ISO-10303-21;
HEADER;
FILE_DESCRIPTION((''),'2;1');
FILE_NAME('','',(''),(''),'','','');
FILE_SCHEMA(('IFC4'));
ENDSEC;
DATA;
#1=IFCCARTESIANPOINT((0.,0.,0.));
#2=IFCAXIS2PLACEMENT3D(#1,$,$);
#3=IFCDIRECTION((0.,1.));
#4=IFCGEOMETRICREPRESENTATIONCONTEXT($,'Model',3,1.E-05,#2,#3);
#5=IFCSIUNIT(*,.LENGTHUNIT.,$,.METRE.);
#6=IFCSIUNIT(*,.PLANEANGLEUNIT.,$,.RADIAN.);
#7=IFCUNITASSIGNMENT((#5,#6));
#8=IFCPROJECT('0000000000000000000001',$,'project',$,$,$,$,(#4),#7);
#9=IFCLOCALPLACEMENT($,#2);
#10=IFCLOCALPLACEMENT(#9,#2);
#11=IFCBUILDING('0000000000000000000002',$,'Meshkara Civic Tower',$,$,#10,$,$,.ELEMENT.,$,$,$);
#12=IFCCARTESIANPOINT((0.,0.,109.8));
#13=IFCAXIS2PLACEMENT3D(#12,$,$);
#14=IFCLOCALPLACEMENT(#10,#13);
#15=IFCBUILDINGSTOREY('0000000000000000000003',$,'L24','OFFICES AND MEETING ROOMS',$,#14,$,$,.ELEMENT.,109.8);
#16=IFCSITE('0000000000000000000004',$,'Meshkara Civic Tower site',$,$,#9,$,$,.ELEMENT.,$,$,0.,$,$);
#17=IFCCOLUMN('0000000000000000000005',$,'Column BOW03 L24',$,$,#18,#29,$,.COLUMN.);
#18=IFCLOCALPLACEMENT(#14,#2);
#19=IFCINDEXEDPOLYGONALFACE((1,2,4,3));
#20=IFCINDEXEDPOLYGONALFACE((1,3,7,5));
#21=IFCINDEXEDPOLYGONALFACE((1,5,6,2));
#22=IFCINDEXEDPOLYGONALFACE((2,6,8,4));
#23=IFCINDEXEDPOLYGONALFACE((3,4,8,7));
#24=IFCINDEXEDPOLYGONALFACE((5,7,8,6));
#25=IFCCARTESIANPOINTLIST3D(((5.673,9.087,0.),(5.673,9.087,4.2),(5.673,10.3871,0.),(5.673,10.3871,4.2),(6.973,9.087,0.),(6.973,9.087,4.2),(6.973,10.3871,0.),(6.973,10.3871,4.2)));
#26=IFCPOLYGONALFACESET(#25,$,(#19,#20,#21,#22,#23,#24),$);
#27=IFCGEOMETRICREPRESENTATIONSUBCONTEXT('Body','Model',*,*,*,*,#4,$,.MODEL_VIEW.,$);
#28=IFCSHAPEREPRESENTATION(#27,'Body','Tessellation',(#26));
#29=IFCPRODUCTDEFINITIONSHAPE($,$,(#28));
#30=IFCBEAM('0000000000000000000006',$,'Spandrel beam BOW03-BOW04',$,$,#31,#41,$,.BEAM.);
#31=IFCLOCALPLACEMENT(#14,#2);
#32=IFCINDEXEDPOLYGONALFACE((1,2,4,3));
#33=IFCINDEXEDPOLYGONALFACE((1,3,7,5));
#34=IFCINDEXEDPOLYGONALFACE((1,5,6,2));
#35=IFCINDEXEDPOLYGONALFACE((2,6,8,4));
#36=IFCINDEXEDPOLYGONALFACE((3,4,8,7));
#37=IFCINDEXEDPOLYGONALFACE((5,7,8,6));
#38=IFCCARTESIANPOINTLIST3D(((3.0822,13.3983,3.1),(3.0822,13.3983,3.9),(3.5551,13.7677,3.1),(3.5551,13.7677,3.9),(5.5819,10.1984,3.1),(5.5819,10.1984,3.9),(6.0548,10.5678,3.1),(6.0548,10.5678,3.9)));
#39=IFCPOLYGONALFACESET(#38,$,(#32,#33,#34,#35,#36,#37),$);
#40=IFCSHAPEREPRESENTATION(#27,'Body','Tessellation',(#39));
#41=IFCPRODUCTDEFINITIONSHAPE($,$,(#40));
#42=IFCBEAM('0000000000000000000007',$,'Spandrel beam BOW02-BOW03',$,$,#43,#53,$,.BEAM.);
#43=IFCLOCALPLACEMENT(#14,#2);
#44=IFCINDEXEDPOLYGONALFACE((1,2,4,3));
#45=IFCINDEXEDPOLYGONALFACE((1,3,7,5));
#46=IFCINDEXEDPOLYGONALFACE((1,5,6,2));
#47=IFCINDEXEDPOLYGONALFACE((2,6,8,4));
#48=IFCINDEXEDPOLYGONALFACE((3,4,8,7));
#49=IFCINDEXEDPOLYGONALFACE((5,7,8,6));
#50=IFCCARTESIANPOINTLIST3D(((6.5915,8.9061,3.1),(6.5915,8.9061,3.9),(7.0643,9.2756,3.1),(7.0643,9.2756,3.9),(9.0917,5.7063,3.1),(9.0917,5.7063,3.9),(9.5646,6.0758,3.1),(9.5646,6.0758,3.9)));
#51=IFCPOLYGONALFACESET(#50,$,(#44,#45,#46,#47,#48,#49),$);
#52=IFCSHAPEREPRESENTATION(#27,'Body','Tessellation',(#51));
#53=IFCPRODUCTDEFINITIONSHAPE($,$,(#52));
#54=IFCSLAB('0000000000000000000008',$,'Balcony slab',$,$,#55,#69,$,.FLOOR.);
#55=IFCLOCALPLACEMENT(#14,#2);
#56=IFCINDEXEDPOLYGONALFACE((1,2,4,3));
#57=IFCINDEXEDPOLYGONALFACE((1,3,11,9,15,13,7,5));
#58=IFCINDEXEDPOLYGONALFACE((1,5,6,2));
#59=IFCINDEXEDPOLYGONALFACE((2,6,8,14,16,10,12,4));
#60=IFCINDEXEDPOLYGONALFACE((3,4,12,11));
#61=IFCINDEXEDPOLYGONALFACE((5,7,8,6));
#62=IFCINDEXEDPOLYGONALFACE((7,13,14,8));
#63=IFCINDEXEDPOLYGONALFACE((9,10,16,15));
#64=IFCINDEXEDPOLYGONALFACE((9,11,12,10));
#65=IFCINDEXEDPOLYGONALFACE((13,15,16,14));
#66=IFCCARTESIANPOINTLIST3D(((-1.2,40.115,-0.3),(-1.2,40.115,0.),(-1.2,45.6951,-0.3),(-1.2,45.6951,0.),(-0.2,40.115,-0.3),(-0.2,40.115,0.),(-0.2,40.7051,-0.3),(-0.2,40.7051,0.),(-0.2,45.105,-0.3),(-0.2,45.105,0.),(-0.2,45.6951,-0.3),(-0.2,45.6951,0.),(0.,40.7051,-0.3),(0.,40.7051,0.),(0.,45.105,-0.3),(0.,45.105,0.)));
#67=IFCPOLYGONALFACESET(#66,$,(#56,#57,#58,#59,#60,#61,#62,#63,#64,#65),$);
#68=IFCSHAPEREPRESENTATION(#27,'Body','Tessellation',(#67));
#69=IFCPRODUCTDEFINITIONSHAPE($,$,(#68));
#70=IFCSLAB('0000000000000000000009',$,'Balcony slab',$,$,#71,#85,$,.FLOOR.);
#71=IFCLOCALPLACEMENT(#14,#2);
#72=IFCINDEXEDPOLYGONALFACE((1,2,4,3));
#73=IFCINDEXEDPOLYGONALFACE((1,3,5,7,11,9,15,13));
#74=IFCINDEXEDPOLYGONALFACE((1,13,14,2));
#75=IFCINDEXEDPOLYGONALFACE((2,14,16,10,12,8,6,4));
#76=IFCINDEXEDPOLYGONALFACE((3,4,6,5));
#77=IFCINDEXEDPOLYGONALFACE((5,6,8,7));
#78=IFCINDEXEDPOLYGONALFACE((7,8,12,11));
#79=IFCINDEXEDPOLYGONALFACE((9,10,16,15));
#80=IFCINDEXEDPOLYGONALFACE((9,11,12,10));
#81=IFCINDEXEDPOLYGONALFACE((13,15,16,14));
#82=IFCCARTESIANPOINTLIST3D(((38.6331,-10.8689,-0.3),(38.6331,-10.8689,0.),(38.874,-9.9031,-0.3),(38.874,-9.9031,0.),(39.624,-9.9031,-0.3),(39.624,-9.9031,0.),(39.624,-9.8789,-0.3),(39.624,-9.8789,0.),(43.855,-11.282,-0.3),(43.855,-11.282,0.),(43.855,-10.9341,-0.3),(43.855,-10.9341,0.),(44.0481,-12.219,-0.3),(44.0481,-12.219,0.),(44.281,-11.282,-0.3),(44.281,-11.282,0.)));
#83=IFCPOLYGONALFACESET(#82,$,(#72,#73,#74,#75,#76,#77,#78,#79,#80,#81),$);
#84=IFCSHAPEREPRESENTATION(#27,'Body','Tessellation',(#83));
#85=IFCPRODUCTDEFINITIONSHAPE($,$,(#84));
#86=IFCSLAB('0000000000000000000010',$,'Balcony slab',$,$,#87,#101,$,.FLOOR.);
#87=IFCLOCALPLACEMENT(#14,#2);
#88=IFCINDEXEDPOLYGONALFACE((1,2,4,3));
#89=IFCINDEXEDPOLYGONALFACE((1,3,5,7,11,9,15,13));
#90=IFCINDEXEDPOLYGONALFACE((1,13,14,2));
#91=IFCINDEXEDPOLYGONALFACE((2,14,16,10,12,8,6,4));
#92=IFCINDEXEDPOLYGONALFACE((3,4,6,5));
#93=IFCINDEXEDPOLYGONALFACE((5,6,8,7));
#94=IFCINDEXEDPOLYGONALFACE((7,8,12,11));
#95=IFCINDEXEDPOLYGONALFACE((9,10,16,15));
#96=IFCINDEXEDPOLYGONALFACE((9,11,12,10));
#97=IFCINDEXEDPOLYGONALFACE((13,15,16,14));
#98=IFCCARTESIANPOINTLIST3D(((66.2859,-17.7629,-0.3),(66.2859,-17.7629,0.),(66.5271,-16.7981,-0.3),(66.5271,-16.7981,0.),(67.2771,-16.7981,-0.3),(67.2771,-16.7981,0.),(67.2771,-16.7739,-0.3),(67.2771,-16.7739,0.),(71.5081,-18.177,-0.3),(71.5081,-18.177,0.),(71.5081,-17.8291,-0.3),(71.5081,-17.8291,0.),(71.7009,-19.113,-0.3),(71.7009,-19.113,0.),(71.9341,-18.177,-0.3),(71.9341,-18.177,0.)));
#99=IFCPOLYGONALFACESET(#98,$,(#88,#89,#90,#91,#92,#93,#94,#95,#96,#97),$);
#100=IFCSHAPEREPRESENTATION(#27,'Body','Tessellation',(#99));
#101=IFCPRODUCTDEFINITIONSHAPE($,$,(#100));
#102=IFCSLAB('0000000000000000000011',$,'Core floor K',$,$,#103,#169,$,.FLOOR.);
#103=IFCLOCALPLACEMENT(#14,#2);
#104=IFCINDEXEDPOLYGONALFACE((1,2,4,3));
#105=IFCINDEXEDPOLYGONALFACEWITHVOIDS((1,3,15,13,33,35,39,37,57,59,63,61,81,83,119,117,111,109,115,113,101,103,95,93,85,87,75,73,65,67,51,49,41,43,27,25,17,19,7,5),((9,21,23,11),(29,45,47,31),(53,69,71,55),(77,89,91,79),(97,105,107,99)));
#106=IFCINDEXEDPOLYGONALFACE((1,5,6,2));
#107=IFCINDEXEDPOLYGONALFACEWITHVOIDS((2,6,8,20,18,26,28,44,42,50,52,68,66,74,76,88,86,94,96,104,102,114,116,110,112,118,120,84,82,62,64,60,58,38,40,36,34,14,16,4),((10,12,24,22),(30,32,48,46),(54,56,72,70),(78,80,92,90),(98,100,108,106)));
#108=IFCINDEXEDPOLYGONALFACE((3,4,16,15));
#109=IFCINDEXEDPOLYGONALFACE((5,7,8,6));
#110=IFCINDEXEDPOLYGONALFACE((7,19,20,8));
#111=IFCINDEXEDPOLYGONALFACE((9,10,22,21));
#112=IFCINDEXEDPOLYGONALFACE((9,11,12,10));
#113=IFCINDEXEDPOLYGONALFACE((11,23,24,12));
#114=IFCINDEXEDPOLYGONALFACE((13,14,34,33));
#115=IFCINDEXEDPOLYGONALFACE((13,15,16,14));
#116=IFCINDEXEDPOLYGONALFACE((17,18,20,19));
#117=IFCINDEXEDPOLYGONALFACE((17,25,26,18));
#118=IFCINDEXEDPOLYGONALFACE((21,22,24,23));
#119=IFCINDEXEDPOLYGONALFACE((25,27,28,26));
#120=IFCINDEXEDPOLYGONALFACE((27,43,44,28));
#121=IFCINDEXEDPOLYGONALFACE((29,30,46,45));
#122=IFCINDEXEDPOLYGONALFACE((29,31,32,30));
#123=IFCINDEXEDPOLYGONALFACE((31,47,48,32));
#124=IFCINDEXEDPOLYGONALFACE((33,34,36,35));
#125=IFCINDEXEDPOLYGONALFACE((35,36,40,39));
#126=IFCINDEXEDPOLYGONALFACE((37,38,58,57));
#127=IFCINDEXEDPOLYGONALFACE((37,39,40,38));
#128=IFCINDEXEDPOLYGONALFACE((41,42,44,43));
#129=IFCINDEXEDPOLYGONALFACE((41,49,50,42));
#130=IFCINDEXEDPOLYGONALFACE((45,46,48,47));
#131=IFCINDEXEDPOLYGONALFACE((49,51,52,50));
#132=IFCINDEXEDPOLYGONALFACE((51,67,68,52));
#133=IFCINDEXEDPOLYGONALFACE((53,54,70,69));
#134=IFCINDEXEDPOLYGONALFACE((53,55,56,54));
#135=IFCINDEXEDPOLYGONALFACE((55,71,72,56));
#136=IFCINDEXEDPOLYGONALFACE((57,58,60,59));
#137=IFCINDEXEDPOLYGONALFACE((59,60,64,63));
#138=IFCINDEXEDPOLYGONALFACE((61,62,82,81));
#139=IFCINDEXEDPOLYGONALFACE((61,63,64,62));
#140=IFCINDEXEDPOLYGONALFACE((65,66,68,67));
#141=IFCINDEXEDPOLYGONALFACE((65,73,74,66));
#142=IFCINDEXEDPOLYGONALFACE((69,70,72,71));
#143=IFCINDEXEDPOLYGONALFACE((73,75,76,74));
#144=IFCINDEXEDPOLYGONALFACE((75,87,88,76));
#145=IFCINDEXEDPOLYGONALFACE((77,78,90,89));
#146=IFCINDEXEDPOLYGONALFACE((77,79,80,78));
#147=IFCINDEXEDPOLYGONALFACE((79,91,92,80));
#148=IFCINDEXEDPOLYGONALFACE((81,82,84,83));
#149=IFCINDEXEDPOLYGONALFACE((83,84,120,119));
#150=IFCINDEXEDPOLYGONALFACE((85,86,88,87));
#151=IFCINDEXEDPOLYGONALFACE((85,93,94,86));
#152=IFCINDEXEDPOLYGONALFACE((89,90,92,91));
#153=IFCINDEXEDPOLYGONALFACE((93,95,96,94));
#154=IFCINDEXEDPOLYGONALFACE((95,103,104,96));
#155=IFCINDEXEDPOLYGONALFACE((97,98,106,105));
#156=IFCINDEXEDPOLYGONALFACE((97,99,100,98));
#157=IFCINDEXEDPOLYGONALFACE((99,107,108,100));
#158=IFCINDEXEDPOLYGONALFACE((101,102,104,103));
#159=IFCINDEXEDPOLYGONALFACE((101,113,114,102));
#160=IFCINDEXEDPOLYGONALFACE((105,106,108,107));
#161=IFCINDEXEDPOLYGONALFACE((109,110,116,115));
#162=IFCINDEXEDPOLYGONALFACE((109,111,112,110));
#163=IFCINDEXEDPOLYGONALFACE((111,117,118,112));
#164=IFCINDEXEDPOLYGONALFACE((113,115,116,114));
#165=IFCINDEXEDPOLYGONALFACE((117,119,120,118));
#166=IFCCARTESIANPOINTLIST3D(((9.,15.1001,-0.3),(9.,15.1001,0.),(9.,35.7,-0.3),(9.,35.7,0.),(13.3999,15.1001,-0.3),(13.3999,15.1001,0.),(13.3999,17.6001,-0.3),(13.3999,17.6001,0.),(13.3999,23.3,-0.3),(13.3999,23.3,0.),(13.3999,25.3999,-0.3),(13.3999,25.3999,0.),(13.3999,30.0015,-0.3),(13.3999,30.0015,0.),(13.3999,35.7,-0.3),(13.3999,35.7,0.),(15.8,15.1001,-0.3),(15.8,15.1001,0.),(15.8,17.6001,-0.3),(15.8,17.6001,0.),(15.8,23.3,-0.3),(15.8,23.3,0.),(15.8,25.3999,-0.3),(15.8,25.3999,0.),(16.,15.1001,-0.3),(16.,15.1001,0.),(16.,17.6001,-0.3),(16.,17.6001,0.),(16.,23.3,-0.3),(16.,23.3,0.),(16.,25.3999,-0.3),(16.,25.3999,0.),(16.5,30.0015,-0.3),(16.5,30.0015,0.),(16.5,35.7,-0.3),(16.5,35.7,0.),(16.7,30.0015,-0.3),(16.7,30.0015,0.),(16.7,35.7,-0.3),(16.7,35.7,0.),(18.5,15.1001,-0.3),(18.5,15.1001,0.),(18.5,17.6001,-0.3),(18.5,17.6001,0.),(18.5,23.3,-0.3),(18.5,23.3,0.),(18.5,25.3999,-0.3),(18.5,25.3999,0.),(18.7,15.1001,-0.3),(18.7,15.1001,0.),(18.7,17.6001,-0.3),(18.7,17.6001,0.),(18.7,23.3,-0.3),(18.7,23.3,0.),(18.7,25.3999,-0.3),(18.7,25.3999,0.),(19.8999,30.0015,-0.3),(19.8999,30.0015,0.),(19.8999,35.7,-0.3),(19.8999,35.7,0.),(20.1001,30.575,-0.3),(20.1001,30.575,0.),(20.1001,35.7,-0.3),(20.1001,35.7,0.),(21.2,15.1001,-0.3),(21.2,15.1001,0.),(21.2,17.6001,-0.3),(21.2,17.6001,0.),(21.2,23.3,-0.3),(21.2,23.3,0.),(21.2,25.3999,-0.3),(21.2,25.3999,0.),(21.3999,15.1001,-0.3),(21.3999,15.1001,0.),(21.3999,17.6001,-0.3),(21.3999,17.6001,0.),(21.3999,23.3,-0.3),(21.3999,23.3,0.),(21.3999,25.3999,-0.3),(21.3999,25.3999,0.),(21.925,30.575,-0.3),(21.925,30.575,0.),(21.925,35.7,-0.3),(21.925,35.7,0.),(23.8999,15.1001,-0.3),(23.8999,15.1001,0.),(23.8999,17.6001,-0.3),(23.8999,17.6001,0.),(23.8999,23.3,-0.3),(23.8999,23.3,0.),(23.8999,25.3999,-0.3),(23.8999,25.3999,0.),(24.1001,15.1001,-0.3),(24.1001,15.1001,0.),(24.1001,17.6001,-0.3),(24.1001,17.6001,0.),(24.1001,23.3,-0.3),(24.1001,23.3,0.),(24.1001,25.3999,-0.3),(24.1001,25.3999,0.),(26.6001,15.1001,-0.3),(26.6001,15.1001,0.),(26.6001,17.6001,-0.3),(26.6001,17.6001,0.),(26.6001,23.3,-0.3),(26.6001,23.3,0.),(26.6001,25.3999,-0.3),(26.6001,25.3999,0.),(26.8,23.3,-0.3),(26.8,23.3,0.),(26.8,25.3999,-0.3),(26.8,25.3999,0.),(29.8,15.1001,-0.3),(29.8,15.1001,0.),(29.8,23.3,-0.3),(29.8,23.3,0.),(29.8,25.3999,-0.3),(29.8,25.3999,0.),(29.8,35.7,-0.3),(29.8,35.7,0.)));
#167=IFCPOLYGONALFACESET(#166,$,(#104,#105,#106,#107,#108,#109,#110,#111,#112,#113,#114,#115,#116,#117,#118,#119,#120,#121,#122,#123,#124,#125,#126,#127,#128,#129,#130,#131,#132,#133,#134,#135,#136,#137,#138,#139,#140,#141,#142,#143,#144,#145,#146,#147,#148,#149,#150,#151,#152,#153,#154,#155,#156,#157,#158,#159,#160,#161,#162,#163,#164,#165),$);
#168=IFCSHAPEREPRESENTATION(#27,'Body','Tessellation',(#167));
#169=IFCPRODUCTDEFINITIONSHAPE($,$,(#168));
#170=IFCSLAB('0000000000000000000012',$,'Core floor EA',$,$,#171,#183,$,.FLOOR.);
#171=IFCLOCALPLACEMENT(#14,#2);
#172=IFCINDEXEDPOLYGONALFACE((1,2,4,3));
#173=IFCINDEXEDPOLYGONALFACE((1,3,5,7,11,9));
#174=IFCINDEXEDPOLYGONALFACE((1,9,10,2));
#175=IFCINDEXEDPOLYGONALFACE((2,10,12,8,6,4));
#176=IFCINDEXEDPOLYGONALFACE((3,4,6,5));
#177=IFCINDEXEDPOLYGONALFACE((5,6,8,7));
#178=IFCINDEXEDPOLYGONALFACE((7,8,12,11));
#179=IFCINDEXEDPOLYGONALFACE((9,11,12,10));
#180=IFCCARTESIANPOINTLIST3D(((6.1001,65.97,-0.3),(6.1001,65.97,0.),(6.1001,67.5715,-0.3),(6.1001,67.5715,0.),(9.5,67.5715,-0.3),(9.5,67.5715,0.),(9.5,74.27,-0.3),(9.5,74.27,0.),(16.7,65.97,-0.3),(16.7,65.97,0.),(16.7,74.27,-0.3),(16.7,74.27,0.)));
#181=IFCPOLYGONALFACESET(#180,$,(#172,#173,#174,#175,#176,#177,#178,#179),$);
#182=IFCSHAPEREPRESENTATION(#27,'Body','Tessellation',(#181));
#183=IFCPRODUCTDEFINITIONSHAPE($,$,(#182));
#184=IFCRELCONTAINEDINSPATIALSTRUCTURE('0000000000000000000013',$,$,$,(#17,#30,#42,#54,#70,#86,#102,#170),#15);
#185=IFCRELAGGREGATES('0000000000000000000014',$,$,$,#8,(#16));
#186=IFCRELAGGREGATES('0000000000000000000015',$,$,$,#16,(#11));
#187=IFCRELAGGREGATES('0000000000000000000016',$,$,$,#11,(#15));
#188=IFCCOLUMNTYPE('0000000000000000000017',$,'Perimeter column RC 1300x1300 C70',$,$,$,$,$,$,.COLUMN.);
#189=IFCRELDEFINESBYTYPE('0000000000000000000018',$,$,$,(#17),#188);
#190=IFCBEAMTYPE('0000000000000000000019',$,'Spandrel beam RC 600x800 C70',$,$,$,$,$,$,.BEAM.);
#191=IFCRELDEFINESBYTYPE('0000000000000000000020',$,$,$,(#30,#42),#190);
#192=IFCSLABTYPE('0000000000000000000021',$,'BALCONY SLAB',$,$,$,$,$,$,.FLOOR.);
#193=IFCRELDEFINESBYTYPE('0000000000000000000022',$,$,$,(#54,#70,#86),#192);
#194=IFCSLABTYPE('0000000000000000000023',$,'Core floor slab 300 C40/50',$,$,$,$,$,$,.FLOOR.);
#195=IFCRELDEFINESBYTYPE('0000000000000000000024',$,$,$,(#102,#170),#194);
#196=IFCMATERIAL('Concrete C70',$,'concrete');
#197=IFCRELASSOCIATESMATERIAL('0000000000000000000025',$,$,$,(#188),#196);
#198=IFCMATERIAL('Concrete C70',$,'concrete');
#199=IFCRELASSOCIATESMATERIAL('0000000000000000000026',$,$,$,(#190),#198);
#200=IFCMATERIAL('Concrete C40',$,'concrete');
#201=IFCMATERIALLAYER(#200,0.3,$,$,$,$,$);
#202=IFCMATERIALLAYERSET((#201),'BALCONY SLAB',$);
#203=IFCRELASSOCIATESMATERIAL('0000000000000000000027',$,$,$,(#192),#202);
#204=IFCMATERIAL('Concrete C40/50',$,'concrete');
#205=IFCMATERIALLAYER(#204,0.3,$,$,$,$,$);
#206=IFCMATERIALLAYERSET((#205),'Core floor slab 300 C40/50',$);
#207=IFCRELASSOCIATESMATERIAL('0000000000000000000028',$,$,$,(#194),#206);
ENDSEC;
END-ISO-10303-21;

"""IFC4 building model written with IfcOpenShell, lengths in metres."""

from ifc_helpers import new_model, si_unit, direction, frame, origin, origin_2d, place, context, subcontext, project, spatial, polyline, rectangle, outline, extrude, material, layer, layer_set, material_profile, profile_set, type_object, element, save


model = new_model("IFC4")

# Units and contexts
model_context = context("Model", 3, precision=1e-05, world=origin(), true_north=direction((0.0, 1.0)))
body_context = subcontext(model_context, "Body", "Model", "MODEL_VIEW")
ifc_project = project(units=[si_unit("LENGTHUNIT", "METRE"), si_unit("PLANEANGLEUNIT", "RADIAN")], contexts=[model_context])

# Site, building, storey
site_placement = place(None, origin())
site = spatial("IfcSite", under=ifc_project, at=site_placement, Name="Meshkara Civic Tower site", CompositionType="ELEMENT", RefElevation=0.0)
building_placement = place(site_placement, origin())
building = spatial("IfcBuilding", under=site, at=building_placement, Name="Meshkara Civic Tower", CompositionType="ELEMENT")
storey_placement = place(building_placement, frame((0.0, 0.0, 109.8)))
storey = spatial("IfcBuildingStorey", under=building, at=storey_placement, Name="L24", Description="OFFICES AND MEETING ROOMS", CompositionType="ELEMENT", Elevation=109.8)

# Column
ifc_material_1 = material(Name="Concrete C70", Category="concrete")
ifc_material_profile_1 = material_profile(ifc_material_1, rectangle(XDim=1.3, YDim=1.3, at=origin_2d()))
ifc_profile_set_1 = profile_set([ifc_material_profile_1], Name="Concrete C70")
column_type = type_object("IfcColumnType", Name="Perimeter column RC 1300x1300 C70", PredefinedType="COLUMN", material=ifc_profile_set_1)
column_placement = place(storey_placement, frame((6.323, 9.7371, 0.0), z_axis=(0.0, 0.0, 1.0), x_axis=(1.0, 0.0, 0.0)))
element("IfcColumn", 1, at=column_placement, inside=storey, type_object=column_type, Name="Column BOW03 L24", PredefinedType="COLUMN", context=body_context, shape_type="SweptSolid", body=[
    extrude(rectangle(XDim=1.3, YDim=1.3, at=origin_2d()), origin(), (0.0, 0.0, 1.0), 4.2),
])

# Beams
ifc_material_2 = material(Name="Concrete C70", Category="concrete")
ifc_material_profile_2 = material_profile(ifc_material_2, rectangle(XDim=0.6001, YDim=0.8, at=origin_2d()))
ifc_profile_set_2 = profile_set([ifc_material_profile_2], Name="Concrete C70")
beam_type = type_object("IfcBeamType", Name="Spandrel beam RC 600x800 C70", PredefinedType="BEAM", material=ifc_profile_set_2)
beam_1_placement = place(storey_placement, frame((3.3186, 13.583, 3.5), z_axis=(0.615613, -0.788049, 0.0), x_axis=(0.788049, 0.615613, 0.0)))
element("IfcBeam", 2, at=beam_1_placement, inside=storey, type_object=beam_type, Name="Spandrel beam BOW03-BOW04", PredefinedType="BEAM", context=body_context, shape_type="SweptSolid", body=[
    extrude(rectangle(XDim=0.6001, YDim=0.8, at=origin_2d()), origin(), (0.0, 0.0, 1.0), 4.0605),
])
beam_2_placement = place(storey_placement, frame((6.8279, 9.0908, 3.5), z_axis=(0.615716, -0.787968, 0.0), x_axis=(0.787968, 0.615716, 0.0)))
element("IfcBeam", 3, at=beam_2_placement, inside=storey, type_object=beam_type, Name="Spandrel beam BOW02-BOW03", PredefinedType="BEAM", context=body_context, shape_type="SweptSolid", body=[
    extrude(rectangle(XDim=0.6001, YDim=0.8, at=origin_2d()), origin(), (0.0, 0.0, 1.0), 4.0608),
])

# Slabs
ifc_material_3 = material(Name="Concrete C40", Category="concrete")
ifc_layer_1 = layer(ifc_material_3, 0.3)
ifc_layer_set_1 = layer_set([ifc_layer_1], Name="BALCONY SLAB")
slab_type_1 = type_object("IfcSlabType", Name="BALCONY SLAB", PredefinedType="FLOOR", material=ifc_layer_set_1)
slab_1_placement = place(storey_placement, frame((0.0, 0.0, -0.3)))
element("IfcSlab", 4, at=slab_1_placement, inside=storey, type_object=slab_type_1, Name="Balcony slab", PredefinedType="FLOOR", context=body_context, shape_type="SweptSolid", body=[
    extrude(outline(polyline([(-1.2, 40.115), (-1.2, 45.6951), (-0.2, 45.6951), (-0.2, 45.105), (0.0, 45.105), (0.0, 40.7051), (-0.2, 40.7051), (-0.2, 40.115), (-1.2, 40.115)])), origin(), (0.0, 0.0, 1.0), 0.3),
])
slab_2_placement = place(storey_placement, frame((0.0, 0.0, -0.3)))
element("IfcSlab", 5, at=slab_2_placement, inside=storey, type_object=slab_type_1, Name="Balcony slab", PredefinedType="FLOOR", context=body_context, shape_type="SweptSolid", body=[
    extrude(outline(polyline([(44.0481, -12.219), (38.6331, -10.8689), (38.874, -9.9031), (39.624, -9.9031), (39.624, -9.8789), (43.855, -10.9341), (43.855, -11.282), (44.281, -11.282), (44.0481, -12.219)])), origin(), (0.0, 0.0, 1.0), 0.3),
])
slab_3_placement = place(storey_placement, frame((0.0, 0.0, -0.3)))
element("IfcSlab", 6, at=slab_3_placement, inside=storey, type_object=slab_type_1, Name="Balcony slab", PredefinedType="FLOOR", context=body_context, shape_type="SweptSolid", body=[
    extrude(outline(polyline([(71.7009, -19.113), (66.2859, -17.7629), (66.5271, -16.7981), (67.2771, -16.7981), (67.2771, -16.7739), (71.5081, -17.8291), (71.5081, -18.177), (71.9341, -18.177), (71.7009, -19.113)])), origin(), (0.0, 0.0, 1.0), 0.3),
])
ifc_material_4 = material(Name="Concrete C40/50", Category="concrete")
ifc_layer_2 = layer(ifc_material_4, 0.3)
ifc_layer_set_2 = layer_set([ifc_layer_2], Name="Core floor slab 300 C40/50")
slab_type_2 = type_object("IfcSlabType", Name="Core floor slab 300 C40/50", PredefinedType="FLOOR", material=ifc_layer_set_2)
slab_4_placement = place(storey_placement, frame((0.0, 0.0, -0.3)))
element("IfcSlab", 7, at=slab_4_placement, inside=storey, type_object=slab_type_2, Name="Core floor K", PredefinedType="FLOOR", context=body_context, shape_type="SweptSolid", body=[
    extrude(outline(polyline([(9.0, 35.7), (13.3999, 35.7), (13.3999, 30.0015), (16.5, 30.0015), (16.5, 35.7), (16.7, 35.7), (16.7, 30.0015), (19.8999, 30.0015), (19.8999, 35.7), (20.1001, 35.7), (20.1001, 30.575), (21.925, 30.575), (21.925, 35.7), (29.8, 35.7), (29.8, 25.3999), (26.8, 25.3999), (26.8, 23.3), (29.8, 23.3), (29.8, 15.1001), (26.6001, 15.1001), (26.6001, 17.6001), (24.1001, 17.6001), (24.1001, 15.1001), (23.8999, 15.1001), (23.8999, 17.6001), (21.3999, 17.6001), (21.3999, 15.1001), (21.2, 15.1001), (21.2, 17.6001), (18.7, 17.6001), (18.7, 15.1001), (18.5, 15.1001), (18.5, 17.6001), (16.0, 17.6001), (16.0, 15.1001), (15.8, 15.1001), (15.8, 17.6001), (13.3999, 17.6001), (13.3999, 15.1001), (9.0, 15.1001), (9.0, 35.7)]), holes=[polyline([(13.3999, 25.3999), (13.3999, 23.3), (15.8, 23.3), (15.8, 25.3999), (13.3999, 25.3999)]), polyline([(18.5, 23.3), (18.5, 25.3999), (16.0, 25.3999), (16.0, 23.3), (18.5, 23.3)]), polyline([(18.7, 25.3999), (18.7, 23.3), (21.2, 23.3), (21.2, 25.3999), (18.7, 25.3999)]), polyline([(21.3999, 23.3), (23.8999, 23.3), (23.8999, 25.3999), (21.3999, 25.3999), (21.3999, 23.3)]), polyline([(26.6001, 25.3999), (24.1001, 25.3999), (24.1001, 23.3), (26.6001, 23.3), (26.6001, 25.3999)])]), origin(), (0.0, 0.0, 1.0), 0.3),
])
slab_5_placement = place(storey_placement, frame((0.0, 0.0, -0.3)))
element("IfcSlab", 8, at=slab_5_placement, inside=storey, type_object=slab_type_2, Name="Core floor EA", PredefinedType="FLOOR", context=body_context, shape_type="SweptSolid", body=[
    extrude(outline(polyline([(16.7, 65.97), (16.7, 74.27), (9.5, 74.27), (9.5, 67.5715), (6.1001, 67.5715), (6.1001, 65.97), (16.7, 65.97)])), origin(), (0.0, 0.0, 1.0), 0.3),
])

save(model, "model.ifc")
